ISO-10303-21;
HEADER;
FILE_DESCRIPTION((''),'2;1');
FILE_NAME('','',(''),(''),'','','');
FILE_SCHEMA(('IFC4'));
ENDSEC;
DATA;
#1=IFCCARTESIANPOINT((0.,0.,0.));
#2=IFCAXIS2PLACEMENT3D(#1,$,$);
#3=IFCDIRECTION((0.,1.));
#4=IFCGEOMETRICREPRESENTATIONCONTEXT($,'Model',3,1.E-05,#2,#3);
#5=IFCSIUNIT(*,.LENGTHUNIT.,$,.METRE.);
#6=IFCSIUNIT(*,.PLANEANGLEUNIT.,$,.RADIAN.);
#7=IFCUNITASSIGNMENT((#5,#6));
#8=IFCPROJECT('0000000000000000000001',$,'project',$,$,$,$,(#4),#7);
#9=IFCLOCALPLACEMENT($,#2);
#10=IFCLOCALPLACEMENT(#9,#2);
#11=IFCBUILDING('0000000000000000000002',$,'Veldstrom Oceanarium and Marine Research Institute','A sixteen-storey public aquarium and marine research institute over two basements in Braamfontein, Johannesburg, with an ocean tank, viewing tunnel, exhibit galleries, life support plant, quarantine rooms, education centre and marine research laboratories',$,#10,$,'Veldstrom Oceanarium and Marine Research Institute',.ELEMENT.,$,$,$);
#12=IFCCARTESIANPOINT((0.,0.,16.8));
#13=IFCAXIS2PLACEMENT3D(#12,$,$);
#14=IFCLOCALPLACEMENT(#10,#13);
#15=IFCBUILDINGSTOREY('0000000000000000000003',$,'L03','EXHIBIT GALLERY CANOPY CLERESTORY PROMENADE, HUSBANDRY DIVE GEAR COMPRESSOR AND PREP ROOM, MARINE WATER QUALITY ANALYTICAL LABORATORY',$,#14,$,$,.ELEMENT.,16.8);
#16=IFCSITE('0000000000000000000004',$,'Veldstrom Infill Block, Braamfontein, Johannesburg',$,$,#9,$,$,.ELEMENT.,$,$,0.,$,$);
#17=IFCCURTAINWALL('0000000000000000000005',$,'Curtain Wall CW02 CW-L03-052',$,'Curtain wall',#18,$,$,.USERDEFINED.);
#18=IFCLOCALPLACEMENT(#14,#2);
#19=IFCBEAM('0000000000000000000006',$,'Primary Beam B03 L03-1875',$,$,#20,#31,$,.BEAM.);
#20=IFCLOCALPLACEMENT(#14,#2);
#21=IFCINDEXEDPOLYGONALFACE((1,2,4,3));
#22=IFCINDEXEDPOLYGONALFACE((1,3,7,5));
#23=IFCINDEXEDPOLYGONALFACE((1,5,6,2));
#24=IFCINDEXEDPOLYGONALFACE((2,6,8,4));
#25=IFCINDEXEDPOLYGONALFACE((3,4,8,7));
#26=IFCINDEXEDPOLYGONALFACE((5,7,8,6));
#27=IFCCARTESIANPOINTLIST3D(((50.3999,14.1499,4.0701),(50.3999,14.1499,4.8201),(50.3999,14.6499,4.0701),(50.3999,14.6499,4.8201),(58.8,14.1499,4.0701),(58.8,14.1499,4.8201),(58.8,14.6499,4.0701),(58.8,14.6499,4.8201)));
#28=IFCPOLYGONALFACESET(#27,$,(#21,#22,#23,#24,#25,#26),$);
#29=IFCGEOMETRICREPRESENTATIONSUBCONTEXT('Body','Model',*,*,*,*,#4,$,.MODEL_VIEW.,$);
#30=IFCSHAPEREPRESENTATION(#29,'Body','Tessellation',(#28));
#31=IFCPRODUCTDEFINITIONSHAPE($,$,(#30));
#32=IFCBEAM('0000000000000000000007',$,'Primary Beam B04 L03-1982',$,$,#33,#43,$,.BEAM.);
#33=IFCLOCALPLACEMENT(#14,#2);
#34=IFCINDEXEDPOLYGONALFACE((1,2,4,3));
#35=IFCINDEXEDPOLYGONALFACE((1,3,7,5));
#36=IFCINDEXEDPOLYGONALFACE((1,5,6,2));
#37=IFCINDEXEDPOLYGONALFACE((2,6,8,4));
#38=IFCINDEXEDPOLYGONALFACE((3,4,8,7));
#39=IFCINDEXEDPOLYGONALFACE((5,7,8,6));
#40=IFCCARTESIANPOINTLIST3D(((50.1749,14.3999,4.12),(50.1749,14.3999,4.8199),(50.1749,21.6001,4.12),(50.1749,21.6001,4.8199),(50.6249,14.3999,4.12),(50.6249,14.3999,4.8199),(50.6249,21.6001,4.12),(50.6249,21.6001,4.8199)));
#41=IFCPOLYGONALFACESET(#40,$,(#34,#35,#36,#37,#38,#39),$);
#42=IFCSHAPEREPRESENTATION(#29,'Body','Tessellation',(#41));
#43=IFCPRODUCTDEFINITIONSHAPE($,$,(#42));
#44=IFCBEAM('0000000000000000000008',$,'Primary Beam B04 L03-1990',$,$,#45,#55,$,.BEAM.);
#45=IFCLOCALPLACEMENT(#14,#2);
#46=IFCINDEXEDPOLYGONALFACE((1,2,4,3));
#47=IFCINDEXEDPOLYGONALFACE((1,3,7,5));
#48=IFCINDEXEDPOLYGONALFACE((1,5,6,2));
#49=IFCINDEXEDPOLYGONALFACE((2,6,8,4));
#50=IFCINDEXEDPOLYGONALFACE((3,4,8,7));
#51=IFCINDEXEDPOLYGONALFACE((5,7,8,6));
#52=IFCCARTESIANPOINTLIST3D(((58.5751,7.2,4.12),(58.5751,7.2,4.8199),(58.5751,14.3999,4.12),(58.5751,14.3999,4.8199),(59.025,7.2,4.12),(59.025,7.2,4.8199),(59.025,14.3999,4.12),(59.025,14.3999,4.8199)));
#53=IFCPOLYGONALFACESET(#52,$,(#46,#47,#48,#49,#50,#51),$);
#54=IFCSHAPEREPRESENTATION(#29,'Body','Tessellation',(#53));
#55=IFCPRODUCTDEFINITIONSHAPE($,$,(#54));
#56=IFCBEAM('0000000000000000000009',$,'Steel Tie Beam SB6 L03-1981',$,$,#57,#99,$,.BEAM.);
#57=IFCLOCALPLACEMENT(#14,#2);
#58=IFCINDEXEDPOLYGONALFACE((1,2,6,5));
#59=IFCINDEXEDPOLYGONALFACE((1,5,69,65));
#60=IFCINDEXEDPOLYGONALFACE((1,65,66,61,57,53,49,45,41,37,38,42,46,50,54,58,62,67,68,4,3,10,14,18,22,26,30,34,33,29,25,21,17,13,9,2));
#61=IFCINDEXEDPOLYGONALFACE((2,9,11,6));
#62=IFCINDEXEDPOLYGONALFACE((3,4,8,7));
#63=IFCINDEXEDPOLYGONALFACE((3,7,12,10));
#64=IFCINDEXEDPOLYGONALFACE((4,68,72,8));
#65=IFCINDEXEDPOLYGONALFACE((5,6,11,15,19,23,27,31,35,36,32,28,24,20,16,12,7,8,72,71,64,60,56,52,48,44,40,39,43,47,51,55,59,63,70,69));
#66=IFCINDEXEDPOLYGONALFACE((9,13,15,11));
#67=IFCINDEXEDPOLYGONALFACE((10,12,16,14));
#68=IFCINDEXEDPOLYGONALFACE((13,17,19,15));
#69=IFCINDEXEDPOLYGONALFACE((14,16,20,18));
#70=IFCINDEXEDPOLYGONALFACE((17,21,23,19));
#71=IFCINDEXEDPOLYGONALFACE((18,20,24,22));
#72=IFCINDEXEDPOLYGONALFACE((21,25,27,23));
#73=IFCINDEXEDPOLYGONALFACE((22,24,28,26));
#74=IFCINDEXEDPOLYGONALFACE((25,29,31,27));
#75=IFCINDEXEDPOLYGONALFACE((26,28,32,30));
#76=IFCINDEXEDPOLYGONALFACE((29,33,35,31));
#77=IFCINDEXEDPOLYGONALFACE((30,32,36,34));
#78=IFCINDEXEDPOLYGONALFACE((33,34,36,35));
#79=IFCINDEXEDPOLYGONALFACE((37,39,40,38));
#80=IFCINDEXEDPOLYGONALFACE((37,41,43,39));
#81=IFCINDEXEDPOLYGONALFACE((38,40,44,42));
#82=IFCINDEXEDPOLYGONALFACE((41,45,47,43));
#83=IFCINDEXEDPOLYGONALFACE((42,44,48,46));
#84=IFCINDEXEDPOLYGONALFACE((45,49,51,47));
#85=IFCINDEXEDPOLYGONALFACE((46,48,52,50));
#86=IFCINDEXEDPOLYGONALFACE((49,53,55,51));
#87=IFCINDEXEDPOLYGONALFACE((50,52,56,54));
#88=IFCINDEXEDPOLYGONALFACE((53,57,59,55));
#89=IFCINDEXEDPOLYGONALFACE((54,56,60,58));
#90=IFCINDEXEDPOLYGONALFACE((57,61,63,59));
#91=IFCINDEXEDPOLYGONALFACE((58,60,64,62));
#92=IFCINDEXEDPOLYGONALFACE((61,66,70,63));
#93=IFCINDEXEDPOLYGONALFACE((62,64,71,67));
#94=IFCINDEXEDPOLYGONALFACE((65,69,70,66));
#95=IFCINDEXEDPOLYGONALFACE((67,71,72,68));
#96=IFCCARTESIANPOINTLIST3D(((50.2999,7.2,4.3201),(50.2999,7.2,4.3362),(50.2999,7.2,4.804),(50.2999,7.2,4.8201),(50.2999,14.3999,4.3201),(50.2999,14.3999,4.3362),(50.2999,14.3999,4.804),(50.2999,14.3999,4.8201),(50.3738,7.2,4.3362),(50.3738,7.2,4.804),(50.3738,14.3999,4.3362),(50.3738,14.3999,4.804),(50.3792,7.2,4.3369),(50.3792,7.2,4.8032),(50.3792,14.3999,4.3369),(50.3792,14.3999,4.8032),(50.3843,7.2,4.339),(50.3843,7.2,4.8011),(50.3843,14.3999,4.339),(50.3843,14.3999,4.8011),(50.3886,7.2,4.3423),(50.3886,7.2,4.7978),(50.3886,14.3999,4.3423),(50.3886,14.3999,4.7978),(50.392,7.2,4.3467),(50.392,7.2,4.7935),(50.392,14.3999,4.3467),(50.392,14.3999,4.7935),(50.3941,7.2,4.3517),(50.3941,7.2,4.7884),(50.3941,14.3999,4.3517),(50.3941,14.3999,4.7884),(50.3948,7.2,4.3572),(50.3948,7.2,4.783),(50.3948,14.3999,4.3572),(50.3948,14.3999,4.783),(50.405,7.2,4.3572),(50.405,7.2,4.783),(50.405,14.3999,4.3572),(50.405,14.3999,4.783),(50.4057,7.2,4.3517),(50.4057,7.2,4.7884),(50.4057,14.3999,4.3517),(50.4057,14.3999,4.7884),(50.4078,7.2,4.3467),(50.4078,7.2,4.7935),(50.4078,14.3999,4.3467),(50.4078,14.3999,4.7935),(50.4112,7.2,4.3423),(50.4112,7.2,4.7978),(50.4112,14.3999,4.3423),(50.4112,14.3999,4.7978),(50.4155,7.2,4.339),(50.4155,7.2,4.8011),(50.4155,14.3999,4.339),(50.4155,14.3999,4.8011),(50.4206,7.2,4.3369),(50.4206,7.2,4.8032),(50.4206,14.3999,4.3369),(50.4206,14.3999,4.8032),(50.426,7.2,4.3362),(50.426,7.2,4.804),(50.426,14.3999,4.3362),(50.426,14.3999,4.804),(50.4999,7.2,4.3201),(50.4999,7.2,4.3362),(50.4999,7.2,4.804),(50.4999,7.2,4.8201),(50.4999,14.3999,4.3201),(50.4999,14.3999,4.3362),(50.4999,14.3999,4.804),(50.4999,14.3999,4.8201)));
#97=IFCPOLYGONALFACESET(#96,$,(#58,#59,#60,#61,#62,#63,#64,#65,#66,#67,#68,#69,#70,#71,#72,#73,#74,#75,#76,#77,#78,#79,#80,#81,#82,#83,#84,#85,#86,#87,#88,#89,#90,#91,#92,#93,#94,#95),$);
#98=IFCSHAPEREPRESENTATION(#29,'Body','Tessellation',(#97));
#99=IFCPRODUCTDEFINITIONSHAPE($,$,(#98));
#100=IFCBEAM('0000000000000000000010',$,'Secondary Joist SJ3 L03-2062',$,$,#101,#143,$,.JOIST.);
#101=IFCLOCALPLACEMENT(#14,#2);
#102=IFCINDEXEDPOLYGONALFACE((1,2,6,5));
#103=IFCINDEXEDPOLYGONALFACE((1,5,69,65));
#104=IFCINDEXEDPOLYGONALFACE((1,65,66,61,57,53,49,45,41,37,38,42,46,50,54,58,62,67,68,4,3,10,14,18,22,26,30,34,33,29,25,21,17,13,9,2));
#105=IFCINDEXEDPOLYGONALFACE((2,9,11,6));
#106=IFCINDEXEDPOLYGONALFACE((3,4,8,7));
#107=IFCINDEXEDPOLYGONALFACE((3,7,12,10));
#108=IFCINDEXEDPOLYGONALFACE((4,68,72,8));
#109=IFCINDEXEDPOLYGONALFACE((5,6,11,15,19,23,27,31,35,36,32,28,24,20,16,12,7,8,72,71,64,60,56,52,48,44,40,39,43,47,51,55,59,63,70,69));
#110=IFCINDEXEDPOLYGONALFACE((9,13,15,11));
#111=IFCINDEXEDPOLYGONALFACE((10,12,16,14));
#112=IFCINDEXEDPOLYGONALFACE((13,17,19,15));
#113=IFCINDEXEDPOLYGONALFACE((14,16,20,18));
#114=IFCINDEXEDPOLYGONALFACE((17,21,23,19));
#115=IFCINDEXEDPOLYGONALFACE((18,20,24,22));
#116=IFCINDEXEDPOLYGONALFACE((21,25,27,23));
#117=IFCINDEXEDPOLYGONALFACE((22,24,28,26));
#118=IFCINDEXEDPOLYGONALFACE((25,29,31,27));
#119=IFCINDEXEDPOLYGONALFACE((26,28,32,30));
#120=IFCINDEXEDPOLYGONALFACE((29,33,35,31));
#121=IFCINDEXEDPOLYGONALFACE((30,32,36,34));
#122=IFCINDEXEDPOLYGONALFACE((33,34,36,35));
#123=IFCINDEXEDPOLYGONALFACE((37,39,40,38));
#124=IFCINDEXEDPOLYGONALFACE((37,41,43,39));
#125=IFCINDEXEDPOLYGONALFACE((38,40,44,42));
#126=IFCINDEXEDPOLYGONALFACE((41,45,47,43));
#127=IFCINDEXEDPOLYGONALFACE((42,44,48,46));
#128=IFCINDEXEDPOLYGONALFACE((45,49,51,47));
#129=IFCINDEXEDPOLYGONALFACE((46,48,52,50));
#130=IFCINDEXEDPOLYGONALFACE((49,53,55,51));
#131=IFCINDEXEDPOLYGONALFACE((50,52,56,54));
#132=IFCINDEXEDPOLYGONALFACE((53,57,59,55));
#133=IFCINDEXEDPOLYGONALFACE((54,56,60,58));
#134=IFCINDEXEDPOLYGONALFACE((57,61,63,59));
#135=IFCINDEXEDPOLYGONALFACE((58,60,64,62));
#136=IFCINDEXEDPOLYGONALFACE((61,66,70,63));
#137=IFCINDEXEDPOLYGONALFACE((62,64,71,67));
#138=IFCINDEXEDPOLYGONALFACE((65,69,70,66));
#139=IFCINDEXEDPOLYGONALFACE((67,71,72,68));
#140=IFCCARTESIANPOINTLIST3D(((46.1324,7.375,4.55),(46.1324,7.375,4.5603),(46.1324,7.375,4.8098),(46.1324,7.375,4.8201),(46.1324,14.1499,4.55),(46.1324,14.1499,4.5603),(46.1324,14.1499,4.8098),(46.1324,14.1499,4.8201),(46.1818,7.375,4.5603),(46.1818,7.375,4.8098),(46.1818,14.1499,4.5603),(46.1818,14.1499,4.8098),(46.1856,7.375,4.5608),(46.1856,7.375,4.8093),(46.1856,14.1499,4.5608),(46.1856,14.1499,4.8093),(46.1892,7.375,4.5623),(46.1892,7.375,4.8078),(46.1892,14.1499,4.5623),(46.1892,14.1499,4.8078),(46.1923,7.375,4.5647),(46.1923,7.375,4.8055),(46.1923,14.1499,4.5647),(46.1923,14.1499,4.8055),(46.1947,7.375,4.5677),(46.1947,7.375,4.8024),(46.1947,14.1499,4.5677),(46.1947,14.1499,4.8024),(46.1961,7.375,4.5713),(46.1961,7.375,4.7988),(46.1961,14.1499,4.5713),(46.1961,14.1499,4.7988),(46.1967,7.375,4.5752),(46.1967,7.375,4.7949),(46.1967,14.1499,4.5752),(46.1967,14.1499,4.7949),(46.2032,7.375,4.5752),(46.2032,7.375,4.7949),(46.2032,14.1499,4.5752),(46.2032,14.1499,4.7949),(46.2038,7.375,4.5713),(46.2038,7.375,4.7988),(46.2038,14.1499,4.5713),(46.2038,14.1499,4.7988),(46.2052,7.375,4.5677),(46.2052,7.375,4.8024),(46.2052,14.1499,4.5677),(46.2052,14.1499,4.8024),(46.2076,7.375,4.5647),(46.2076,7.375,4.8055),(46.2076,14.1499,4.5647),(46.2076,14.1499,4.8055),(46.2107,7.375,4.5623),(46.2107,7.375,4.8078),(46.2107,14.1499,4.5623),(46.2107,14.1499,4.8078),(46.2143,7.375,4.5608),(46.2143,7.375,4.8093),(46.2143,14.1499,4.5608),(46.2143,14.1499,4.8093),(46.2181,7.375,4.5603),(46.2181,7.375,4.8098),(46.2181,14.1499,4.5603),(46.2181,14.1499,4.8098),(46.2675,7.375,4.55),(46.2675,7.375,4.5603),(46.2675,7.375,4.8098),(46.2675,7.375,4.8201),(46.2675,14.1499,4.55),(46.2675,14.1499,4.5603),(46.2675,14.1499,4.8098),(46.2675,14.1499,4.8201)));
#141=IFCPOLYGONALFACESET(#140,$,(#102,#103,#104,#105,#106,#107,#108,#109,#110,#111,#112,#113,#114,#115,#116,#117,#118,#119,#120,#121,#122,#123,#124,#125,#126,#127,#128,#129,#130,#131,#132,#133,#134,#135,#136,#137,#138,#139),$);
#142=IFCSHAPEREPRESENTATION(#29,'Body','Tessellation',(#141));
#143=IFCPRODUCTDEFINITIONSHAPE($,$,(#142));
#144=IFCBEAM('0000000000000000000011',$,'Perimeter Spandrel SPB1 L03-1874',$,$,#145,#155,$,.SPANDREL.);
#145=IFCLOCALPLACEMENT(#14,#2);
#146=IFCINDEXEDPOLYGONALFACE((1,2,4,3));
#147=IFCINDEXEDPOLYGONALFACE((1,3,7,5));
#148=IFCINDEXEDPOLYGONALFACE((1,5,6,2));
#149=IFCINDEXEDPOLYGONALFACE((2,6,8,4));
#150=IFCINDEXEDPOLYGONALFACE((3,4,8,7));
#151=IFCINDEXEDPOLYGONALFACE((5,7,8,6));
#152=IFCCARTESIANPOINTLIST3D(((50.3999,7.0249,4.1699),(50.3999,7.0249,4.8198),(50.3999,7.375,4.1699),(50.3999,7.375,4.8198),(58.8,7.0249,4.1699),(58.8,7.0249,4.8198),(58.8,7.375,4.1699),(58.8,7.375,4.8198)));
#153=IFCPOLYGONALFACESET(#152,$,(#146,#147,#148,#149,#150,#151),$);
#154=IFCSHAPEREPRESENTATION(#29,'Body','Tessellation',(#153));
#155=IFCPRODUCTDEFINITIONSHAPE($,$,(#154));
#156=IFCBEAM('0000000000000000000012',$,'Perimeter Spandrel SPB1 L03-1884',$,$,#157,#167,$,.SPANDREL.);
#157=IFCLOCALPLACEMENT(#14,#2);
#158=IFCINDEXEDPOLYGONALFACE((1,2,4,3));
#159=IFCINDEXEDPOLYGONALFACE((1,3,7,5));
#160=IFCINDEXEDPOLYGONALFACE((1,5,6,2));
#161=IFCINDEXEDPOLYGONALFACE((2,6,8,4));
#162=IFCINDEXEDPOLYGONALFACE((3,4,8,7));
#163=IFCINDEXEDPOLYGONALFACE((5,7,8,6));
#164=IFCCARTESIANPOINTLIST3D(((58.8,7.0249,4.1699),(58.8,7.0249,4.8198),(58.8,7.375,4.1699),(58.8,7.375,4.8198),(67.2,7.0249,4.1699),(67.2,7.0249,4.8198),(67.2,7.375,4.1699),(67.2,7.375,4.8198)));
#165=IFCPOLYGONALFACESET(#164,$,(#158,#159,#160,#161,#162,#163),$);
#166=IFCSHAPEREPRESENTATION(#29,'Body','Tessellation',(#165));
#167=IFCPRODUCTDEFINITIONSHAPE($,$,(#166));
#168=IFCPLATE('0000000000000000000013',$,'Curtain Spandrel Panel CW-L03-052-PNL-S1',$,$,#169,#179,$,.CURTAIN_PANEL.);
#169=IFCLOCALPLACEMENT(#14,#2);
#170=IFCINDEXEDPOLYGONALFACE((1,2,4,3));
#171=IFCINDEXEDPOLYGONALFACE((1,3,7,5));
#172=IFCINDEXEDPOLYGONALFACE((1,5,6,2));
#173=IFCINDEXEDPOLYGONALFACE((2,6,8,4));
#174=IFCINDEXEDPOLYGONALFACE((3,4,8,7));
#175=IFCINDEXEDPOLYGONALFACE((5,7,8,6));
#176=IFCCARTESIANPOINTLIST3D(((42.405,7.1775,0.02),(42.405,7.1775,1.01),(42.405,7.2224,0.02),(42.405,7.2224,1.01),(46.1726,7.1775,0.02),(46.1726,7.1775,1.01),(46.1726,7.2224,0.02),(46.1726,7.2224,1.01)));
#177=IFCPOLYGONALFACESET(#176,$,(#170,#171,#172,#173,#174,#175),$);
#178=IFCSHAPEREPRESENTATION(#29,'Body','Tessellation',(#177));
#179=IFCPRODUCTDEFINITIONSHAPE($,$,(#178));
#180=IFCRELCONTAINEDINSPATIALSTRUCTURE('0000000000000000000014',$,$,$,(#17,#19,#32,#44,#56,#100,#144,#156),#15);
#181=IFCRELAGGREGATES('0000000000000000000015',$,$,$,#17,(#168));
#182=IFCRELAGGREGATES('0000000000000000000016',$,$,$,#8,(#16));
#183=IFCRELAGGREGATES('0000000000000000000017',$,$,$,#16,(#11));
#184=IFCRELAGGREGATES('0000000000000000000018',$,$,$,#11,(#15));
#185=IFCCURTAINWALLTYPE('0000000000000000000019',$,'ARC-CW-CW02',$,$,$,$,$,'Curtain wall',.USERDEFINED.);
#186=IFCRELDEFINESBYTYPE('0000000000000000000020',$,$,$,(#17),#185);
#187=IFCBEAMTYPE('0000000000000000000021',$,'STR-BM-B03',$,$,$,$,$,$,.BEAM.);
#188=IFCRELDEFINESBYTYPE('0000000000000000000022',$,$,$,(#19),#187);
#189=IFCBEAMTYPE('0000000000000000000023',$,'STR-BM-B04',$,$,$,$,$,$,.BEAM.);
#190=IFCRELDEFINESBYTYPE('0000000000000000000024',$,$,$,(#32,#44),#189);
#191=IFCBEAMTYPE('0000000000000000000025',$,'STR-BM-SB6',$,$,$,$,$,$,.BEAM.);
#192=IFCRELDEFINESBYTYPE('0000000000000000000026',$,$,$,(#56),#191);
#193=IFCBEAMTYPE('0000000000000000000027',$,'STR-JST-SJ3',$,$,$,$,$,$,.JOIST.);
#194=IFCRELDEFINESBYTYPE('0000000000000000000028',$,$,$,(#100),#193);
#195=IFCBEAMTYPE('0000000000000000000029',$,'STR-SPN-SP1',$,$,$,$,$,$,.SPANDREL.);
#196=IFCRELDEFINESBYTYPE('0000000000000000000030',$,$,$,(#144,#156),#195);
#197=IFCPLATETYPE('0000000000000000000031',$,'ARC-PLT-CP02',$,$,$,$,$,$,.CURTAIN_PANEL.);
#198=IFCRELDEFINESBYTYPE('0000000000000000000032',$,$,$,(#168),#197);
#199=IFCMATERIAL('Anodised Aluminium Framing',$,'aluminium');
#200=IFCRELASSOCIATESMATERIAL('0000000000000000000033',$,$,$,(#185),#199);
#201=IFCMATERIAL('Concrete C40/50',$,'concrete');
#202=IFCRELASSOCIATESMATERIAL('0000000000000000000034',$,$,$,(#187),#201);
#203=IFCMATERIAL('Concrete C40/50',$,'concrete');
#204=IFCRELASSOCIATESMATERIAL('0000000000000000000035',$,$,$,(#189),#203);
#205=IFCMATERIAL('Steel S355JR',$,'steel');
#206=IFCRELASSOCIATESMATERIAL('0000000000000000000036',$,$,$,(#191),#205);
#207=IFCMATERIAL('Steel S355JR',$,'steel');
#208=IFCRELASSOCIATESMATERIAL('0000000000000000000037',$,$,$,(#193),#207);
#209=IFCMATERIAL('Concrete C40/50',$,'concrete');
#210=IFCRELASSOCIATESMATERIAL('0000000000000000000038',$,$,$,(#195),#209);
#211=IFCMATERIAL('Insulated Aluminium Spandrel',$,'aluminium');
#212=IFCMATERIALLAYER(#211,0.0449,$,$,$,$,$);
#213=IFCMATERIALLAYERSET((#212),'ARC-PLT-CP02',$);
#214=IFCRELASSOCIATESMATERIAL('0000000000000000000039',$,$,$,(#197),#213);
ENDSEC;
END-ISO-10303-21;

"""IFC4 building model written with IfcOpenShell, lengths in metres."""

from ifc_helpers import new_model, si_unit, direction, frame, origin, origin_2d, place, context, subcontext, project, spatial, rectangle, i_section, extrude, material, layer, layer_set, material_profile, profile_set, type_object, element, aggregate, save


model = new_model("IFC4")

# Units and contexts
model_context = context("Model", 3, precision=1e-05, world=origin(), true_north=direction((0.0, 1.0)))
body_context = subcontext(model_context, "Body", "Model", "MODEL_VIEW")
ifc_project = project(units=[si_unit("LENGTHUNIT", "METRE"), si_unit("PLANEANGLEUNIT", "RADIAN")], contexts=[model_context])

# Site, building, storey
site_placement = place(None, origin())
site = spatial("IfcSite", under=ifc_project, at=site_placement, Name="Veldstrom Infill Block, Braamfontein, Johannesburg", CompositionType="ELEMENT", RefElevation=0.0)
building_placement = place(site_placement, origin())
building = spatial("IfcBuilding", under=site, at=building_placement, Name="Veldstrom Oceanarium and Marine Research Institute", Description="A sixteen-storey public aquarium and marine research institute over two basements in Braamfontein, Johannesburg, with an ocean tank, viewing tunnel, exhibit galleries, life support plant, quarantine rooms, education centre and marine research laboratories", LongName="Veldstrom Oceanarium and Marine Research Institute", CompositionType="ELEMENT")
storey_placement = place(building_placement, frame((0.0, 0.0, 16.8)))
storey = spatial("IfcBuildingStorey", under=building, at=storey_placement, Name="L03", Description="EXHIBIT GALLERY CANOPY CLERESTORY PROMENADE, HUSBANDRY DIVE GEAR COMPRESSOR AND PREP ROOM, MARINE WATER QUALITY ANALYTICAL LABORATORY", CompositionType="ELEMENT", Elevation=16.8)

# Curtain wall
ifc_material_1 = material(Name="Anodised Aluminium Framing", Category="aluminium")
curtain_wall_type = type_object("IfcCurtainWallType", Name="ARC-CW-CW02", ElementType="Curtain wall", PredefinedType="USERDEFINED", material=ifc_material_1)
curtain_wall_1_placement = place(storey_placement, origin())
curtain_wall_1 = element("IfcCurtainWall", 1, at=curtain_wall_1_placement, inside=storey, type_object=curtain_wall_type, Name="Curtain Wall CW02 CW-L03-052", ObjectType="Curtain wall", PredefinedType="USERDEFINED")

# Beams
ifc_material_2 = material(Name="Concrete C40/50", Category="concrete")
ifc_material_profile_1 = material_profile(ifc_material_2, rectangle(XDim=0.5, YDim=0.75, at=origin_2d()), Name="RC-BM-500x750")
ifc_profile_set_1 = profile_set([ifc_material_profile_1], Name="Concrete C40/50")
beam_type_1 = type_object("IfcBeamType", Name="STR-BM-B03", PredefinedType="BEAM", material=ifc_profile_set_1)
beam_1_placement = place(storey_placement, frame((50.3999, 14.3999, 4.4451), z_axis=(1.0, 0.0, 0.0), x_axis=(0.0, 1.0, 0.0)))
element("IfcBeam", 2, at=beam_1_placement, inside=storey, type_object=beam_type_1, Name="Primary Beam B03 L03-1875", PredefinedType="BEAM", context=body_context, shape_type="SweptSolid", body=[
    extrude(rectangle(XDim=0.5, YDim=0.75, at=origin_2d()), origin(), (0.0, 0.0, 1.0), 8.4001),
])
ifc_material_3 = material(Name="Concrete C40/50", Category="concrete")
ifc_material_profile_2 = material_profile(ifc_material_3, rectangle(XDim=0.45, YDim=0.7, at=origin_2d()), Name="RC-BM-450x700")
ifc_profile_set_2 = profile_set([ifc_material_profile_2], Name="Concrete C40/50")
beam_type_2 = type_object("IfcBeamType", Name="STR-BM-B04", PredefinedType="BEAM", material=ifc_profile_set_2)
beam_2_placement = place(storey_placement, frame((50.3999, 14.3999, 4.47), z_axis=(0.0, 1.0, 0.0), x_axis=(-1.0, 0.0, 0.0)))
element("IfcBeam", 3, at=beam_2_placement, inside=storey, type_object=beam_type_2, Name="Primary Beam B04 L03-1982", PredefinedType="BEAM", context=body_context, shape_type="SweptSolid", body=[
    extrude(rectangle(XDim=0.45, YDim=0.7, at=origin_2d()), origin(), (0.0, 0.0, 1.0), 7.2002),
])
beam_3_placement = place(storey_placement, frame((58.8, 7.2, 4.47), z_axis=(0.0, 1.0, 0.0), x_axis=(-1.0, 0.0, 0.0)))
element("IfcBeam", 4, at=beam_3_placement, inside=storey, type_object=beam_type_2, Name="Primary Beam B04 L03-1990", PredefinedType="BEAM", context=body_context, shape_type="SweptSolid", body=[
    extrude(rectangle(XDim=0.45, YDim=0.7, at=origin_2d()), origin(), (0.0, 0.0, 1.0), 7.2),
])
ifc_material_4 = material(Name="Steel S355JR", Category="steel")
ifc_material_profile_3 = material_profile(ifc_material_4, i_section(OverallWidth=0.2, OverallDepth=0.5, WebThickness=0.0103, FlangeThickness=0.0161, FilletRadius=0.021, at=origin_2d()), Name="IPE 500")
ifc_profile_set_3 = profile_set([ifc_material_profile_3], Name="Steel S355JR")
beam_type_3 = type_object("IfcBeamType", Name="STR-BM-SB6", PredefinedType="BEAM", material=ifc_profile_set_3)
beam_4_placement = place(storey_placement, frame((50.3999, 7.2, 4.5701), z_axis=(0.0, 1.0, 0.0), x_axis=(-1.0, 0.0, 0.0)))
element("IfcBeam", 5, at=beam_4_placement, inside=storey, type_object=beam_type_3, Name="Steel Tie Beam SB6 L03-1981", PredefinedType="BEAM", context=body_context, shape_type="SweptSolid", body=[
    extrude(i_section(OverallWidth=0.2, OverallDepth=0.5, WebThickness=0.0103, FlangeThickness=0.0161, FilletRadius=0.021, at=origin_2d()), origin(), (0.0, 0.0, 1.0), 7.2),
])
ifc_material_5 = material(Name="Steel S355JR", Category="steel")
ifc_material_profile_4 = material_profile(ifc_material_5, i_section(OverallWidth=0.135, OverallDepth=0.27, WebThickness=0.0066, FlangeThickness=0.0103, FilletRadius=0.0149, at=origin_2d()), Name="IPE 270")
ifc_profile_set_4 = profile_set([ifc_material_profile_4], Name="Steel S355JR")
beam_type_4 = type_object("IfcBeamType", Name="STR-JST-SJ3", PredefinedType="JOIST", material=ifc_profile_set_4)
beam_5_placement = place(storey_placement, frame((46.2, 7.375, 4.6851), z_axis=(0.0, 1.0, 0.0), x_axis=(-1.0, 0.0, 0.0)))
element("IfcBeam", 6, at=beam_5_placement, inside=storey, type_object=beam_type_4, Name="Secondary Joist SJ3 L03-2062", PredefinedType="JOIST", context=body_context, shape_type="SweptSolid", body=[
    extrude(i_section(OverallWidth=0.135, OverallDepth=0.27, WebThickness=0.0066, FlangeThickness=0.0103, FilletRadius=0.0149, at=origin_2d()), origin(), (0.0, 0.0, 1.0), 6.7749),
])
ifc_material_6 = material(Name="Concrete C40/50", Category="concrete")
ifc_material_profile_5 = material_profile(ifc_material_6, rectangle(XDim=0.3501, YDim=0.6499, at=origin_2d()), Name="RC-SPN-350x650")
ifc_profile_set_5 = profile_set([ifc_material_profile_5], Name="Concrete C40/50")
beam_type_5 = type_object("IfcBeamType", Name="STR-SPN-SP1", PredefinedType="SPANDREL", material=ifc_profile_set_5)
beam_6_placement = place(storey_placement, frame((50.3999, 7.2, 4.4949), z_axis=(1.0, 0.0, 0.0), x_axis=(0.0, 1.0, 0.0)))
element("IfcBeam", 7, at=beam_6_placement, inside=storey, type_object=beam_type_5, Name="Perimeter Spandrel SPB1 L03-1874", PredefinedType="SPANDREL", context=body_context, shape_type="SweptSolid", body=[
    extrude(rectangle(XDim=0.3501, YDim=0.6499, at=origin_2d()), origin(), (0.0, 0.0, 1.0), 8.4001),
])
beam_7_placement = place(storey_placement, frame((58.8, 7.2, 4.4949), z_axis=(1.0, 0.0, 0.0), x_axis=(0.0, 1.0, 0.0)))
element("IfcBeam", 8, at=beam_7_placement, inside=storey, type_object=beam_type_5, Name="Perimeter Spandrel SPB1 L03-1884", PredefinedType="SPANDREL", context=body_context, shape_type="SweptSolid", body=[
    extrude(rectangle(XDim=0.3501, YDim=0.6499, at=origin_2d()), origin(), (0.0, 0.0, 1.0), 8.3999),
])

# Plate
ifc_material_7 = material(Name="Insulated Aluminium Spandrel", Category="aluminium")
ifc_layer_1 = layer(ifc_material_7, 0.0449)
ifc_layer_set_1 = layer_set([ifc_layer_1], Name="ARC-PLT-CP02")
plate_type_1 = type_object("IfcPlateType", Name="ARC-PLT-CP02", PredefinedType="CURTAIN_PANEL", material=ifc_layer_set_1)
plate_1_placement = place(storey_placement, frame((44.2888, 7.2, 0.02), z_axis=(0.0, 0.0, 1.0), x_axis=(1.0, 0.0, 0.0)))
plate_1 = element("IfcPlate", 9, at=plate_1_placement, type_object=plate_type_1, Name="Curtain Spandrel Panel CW-L03-052-PNL-S1", PredefinedType="CURTAIN_PANEL", context=body_context, shape_type="SweptSolid", body=[
    extrude(rectangle(XDim=3.7676, YDim=0.0449, at=origin_2d()), origin(), (0.0, 0.0, 1.0), 0.99),
])
aggregate(curtain_wall_1, [plate_1])

save(model, "model.ifc")
